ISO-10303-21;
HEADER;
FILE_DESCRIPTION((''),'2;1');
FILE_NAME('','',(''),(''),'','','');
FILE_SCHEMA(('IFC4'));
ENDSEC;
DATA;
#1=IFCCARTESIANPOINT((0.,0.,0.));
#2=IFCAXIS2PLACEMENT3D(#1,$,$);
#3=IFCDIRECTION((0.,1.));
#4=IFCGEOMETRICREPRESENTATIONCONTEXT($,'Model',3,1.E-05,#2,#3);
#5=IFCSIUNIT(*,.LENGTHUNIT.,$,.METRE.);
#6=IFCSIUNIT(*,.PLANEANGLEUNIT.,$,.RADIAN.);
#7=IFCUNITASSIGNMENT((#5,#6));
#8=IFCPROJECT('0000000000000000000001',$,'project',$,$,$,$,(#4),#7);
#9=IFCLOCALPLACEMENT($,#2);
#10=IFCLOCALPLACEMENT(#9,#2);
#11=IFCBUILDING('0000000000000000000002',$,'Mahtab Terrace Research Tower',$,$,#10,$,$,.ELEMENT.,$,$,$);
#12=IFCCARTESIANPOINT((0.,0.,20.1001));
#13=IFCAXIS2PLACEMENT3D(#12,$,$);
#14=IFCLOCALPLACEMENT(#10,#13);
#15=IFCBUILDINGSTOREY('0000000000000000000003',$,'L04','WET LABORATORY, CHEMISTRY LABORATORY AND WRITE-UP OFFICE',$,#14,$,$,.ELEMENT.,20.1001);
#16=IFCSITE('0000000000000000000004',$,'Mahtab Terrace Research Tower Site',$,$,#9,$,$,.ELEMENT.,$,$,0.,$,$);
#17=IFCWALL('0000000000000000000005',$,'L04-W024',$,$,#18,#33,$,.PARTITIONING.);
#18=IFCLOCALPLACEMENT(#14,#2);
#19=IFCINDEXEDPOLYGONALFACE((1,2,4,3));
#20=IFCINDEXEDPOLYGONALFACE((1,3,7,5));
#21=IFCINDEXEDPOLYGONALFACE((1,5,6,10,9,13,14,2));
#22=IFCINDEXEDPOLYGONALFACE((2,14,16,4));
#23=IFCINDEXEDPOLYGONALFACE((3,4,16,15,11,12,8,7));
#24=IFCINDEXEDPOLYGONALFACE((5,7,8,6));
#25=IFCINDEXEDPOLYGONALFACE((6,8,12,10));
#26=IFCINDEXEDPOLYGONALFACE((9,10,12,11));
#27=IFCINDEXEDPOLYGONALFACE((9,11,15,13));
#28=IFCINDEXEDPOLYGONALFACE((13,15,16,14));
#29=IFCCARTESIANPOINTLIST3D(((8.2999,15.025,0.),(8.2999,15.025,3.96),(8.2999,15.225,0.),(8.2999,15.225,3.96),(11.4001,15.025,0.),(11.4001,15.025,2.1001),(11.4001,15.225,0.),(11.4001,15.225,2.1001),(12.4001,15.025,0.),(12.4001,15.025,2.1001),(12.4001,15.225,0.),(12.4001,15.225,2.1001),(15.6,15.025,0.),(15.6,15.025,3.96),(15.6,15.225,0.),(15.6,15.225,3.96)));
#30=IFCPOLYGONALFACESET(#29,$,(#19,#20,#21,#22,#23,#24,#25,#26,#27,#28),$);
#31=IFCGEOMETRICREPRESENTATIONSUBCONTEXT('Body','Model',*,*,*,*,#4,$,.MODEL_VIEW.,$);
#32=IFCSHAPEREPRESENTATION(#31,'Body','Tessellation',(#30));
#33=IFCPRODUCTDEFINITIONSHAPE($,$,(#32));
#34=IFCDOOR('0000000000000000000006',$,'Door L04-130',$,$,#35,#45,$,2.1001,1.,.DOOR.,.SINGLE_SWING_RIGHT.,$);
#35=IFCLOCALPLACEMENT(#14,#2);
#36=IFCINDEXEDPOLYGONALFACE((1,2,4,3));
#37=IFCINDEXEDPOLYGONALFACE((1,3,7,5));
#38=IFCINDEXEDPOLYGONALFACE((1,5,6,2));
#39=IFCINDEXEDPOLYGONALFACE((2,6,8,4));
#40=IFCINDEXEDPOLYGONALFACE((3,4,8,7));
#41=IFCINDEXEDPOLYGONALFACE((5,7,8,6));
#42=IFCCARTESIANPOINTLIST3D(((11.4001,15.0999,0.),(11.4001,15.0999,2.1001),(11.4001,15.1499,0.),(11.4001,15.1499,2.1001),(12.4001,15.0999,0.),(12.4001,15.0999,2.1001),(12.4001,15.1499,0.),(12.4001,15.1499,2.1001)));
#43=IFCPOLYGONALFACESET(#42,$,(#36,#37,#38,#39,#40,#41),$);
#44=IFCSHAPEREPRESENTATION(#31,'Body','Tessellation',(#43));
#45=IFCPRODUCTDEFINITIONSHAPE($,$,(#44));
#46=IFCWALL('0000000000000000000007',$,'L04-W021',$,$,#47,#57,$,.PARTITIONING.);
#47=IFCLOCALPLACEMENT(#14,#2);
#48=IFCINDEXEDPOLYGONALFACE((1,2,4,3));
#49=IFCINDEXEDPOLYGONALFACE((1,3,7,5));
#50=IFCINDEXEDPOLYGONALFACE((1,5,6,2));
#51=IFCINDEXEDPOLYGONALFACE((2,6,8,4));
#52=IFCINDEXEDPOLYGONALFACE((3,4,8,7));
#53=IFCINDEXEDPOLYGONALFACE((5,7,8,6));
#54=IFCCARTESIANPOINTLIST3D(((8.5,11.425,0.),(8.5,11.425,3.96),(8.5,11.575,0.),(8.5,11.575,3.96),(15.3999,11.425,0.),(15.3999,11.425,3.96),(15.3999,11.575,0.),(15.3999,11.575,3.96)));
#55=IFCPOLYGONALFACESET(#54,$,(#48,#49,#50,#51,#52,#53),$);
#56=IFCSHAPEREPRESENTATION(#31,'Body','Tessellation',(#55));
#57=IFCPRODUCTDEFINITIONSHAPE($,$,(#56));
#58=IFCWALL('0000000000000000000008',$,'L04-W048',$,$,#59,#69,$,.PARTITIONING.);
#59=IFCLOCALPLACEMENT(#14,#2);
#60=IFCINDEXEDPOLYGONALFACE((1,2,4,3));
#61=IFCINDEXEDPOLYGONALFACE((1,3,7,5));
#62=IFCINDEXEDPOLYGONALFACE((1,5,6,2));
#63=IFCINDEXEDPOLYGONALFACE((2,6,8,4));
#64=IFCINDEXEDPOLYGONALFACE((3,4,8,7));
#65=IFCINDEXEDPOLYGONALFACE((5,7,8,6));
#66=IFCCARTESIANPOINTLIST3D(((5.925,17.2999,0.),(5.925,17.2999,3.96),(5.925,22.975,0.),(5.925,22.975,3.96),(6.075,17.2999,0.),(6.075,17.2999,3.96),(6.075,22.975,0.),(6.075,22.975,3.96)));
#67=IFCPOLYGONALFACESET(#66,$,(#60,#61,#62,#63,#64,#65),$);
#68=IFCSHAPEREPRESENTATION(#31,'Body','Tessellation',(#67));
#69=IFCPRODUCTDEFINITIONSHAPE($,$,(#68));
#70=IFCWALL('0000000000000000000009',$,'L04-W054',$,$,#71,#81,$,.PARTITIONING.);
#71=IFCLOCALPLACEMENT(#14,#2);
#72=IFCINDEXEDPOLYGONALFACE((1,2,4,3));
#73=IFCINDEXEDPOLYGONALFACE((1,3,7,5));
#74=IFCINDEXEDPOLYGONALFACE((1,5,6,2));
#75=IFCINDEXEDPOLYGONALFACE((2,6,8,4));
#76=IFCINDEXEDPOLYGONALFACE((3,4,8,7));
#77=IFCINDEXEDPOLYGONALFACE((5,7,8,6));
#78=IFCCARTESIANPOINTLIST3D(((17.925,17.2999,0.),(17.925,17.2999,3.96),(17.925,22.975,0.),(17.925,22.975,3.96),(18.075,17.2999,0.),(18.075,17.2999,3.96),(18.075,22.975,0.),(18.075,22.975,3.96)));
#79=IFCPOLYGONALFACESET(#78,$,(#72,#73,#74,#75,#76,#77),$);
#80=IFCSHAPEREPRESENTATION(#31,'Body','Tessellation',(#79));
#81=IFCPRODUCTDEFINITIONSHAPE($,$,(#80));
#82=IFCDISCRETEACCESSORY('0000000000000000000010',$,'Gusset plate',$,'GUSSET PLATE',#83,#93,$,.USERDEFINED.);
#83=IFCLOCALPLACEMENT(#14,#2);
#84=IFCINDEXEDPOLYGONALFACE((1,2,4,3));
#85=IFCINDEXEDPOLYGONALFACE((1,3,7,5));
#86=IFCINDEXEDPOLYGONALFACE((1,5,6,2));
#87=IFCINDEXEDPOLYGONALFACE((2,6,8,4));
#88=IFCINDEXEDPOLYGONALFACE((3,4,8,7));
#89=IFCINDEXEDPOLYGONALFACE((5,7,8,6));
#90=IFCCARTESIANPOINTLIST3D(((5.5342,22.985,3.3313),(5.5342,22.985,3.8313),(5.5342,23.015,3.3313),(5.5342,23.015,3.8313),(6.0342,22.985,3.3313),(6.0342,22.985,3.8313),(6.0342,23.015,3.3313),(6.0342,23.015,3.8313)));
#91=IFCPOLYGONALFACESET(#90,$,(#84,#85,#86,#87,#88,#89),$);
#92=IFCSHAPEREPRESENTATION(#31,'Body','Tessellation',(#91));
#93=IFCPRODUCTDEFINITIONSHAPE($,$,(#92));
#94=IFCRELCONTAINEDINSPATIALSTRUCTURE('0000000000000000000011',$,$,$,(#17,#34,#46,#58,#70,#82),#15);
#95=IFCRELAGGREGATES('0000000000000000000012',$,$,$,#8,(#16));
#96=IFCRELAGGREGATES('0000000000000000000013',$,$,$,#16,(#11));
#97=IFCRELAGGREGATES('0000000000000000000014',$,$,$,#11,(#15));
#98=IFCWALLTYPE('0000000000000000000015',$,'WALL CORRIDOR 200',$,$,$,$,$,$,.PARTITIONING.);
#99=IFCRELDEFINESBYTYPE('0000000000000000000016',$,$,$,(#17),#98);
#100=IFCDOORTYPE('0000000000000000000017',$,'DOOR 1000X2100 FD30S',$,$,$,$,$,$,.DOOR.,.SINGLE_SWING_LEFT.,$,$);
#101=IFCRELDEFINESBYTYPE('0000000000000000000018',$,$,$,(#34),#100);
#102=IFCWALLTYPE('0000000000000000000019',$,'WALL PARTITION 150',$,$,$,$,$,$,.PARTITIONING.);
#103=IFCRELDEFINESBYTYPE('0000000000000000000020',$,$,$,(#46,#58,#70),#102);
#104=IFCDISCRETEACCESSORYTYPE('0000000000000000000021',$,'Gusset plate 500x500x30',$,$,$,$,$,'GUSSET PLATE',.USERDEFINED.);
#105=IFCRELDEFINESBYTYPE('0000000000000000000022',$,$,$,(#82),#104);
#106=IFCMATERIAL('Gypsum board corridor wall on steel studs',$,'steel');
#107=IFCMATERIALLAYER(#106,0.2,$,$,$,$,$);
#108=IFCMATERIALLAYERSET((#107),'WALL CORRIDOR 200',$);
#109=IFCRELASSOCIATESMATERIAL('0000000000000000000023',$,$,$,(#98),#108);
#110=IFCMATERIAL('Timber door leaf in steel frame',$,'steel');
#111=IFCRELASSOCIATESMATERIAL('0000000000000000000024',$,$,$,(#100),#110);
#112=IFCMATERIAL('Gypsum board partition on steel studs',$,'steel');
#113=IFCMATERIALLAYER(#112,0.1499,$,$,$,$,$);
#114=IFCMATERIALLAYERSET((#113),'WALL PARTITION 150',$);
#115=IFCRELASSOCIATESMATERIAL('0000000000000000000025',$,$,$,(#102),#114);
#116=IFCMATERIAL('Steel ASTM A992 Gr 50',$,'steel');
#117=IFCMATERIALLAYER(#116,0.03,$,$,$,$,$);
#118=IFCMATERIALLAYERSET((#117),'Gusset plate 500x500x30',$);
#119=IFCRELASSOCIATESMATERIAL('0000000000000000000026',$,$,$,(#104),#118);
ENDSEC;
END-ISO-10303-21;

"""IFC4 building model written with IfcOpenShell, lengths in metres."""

from ifc_helpers import new_model, si_unit, direction, frame, frame_2d, origin, origin_2d, place, context, subcontext, project, spatial, rectangle, extrude, material, layer, layer_set, type_object, element, fill, save


model = new_model("IFC4")

# Units and contexts
model_context = context("Model", 3, precision=1e-05, world=origin(), true_north=direction((0.0, 1.0)))
body_context = subcontext(model_context, "Body", "Model", "MODEL_VIEW")
ifc_project = project(units=[si_unit("LENGTHUNIT", "METRE"), si_unit("PLANEANGLEUNIT", "RADIAN")], contexts=[model_context])

# Site, building, storey
site_placement = place(None, origin())
site = spatial("IfcSite", under=ifc_project, at=site_placement, Name="Mahtab Terrace Research Tower Site", CompositionType="ELEMENT", RefElevation=0.0)
building_placement = place(site_placement, origin())
building = spatial("IfcBuilding", under=site, at=building_placement, Name="Mahtab Terrace Research Tower", CompositionType="ELEMENT")
storey_placement = place(building_placement, frame((0.0, 0.0, 20.1001)))
storey = spatial("IfcBuildingStorey", under=building, at=storey_placement, Name="L04", Description="WET LABORATORY, CHEMISTRY LABORATORY AND WRITE-UP OFFICE", CompositionType="ELEMENT", Elevation=20.1001)

# Shared definitions
ifc_material_1 = material(Name="Steel ASTM A992 Gr 50", Category="steel")

# Wall, opening, door
ifc_material_2 = material(Name="Gypsum board corridor wall on steel studs", Category="steel")
ifc_layer_1 = layer(ifc_material_2, 0.2)
ifc_layer_set_1 = layer_set([ifc_layer_1], Name="WALL CORRIDOR 200")
wall_type_1 = type_object("IfcWallType", Name="WALL CORRIDOR 200", PredefinedType="PARTITIONING", material=ifc_layer_set_1)
wall_1_placement = place(storey_placement, frame((8.3, 15.125, 0.0), z_axis=(0.0, 0.0, 1.0), x_axis=(1.0, 0.0, 0.0)))
wall_1 = element("IfcWall", 1, at=wall_1_placement, inside=storey, type_object=wall_type_1, Name="L04-W024", PredefinedType="PARTITIONING", context=body_context, shape_type="SweptSolid", body=[
    extrude(rectangle(XDim=7.3, YDim=0.2, at=frame_2d((3.6499, 0.0))), origin(), (0.0, 0.0, 1.0), 3.96),
])
opening_1_placement = place(wall_1_placement, frame((3.1001, 0.0, 0.0)))
opening_1 = element("IfcOpeningElement", 2, at=opening_1_placement, cuts=wall_1, PredefinedType="OPENING", context=body_context, shape_type="SweptSolid", body=[
    extrude(rectangle(XDim=1.0, YDim=2.1001, at=frame_2d((0.5, 1.05))), frame((0.0, 0.1099, 0.0), z_axis=(0.0, -1.0, 0.0), x_axis=(1.0, 0.0, 0.0)), (0.0, 0.0, 1.0), 0.22),
])
ifc_material_3 = material(Name="Timber door leaf in steel frame", Category="steel")
door_type_1 = type_object("IfcDoorType", Name="DOOR 1000X2100 FD30S", OperationType="SINGLE_SWING_LEFT", PredefinedType="DOOR", material=ifc_material_3)
door_1_placement = place(opening_1_placement, origin())
door_1 = element("IfcDoor", 3, at=door_1_placement, inside=storey, type_object=door_type_1, Name="Door L04-130", OperationType="SINGLE_SWING_RIGHT", OverallHeight=2.1001, OverallWidth=1.0, PredefinedType="DOOR", context=body_context, shape_type="SweptSolid", body=[
    extrude(rectangle(XDim=1.0, YDim=2.1001, at=frame_2d((0.5, 1.05))), frame((0.0, 0.0249, 0.0), z_axis=(0.0, -1.0, 0.0), x_axis=(1.0, 0.0, 0.0)), (0.0, 0.0, 1.0), 0.05),
])
fill(opening_1, door_1)

# Walls
ifc_material_4 = material(Name="Gypsum board partition on steel studs", Category="steel")
ifc_layer_2 = layer(ifc_material_4, 0.1499)
ifc_layer_set_2 = layer_set([ifc_layer_2], Name="WALL PARTITION 150")
wall_type_2 = type_object("IfcWallType", Name="WALL PARTITION 150", PredefinedType="PARTITIONING", material=ifc_layer_set_2)
wall_2_placement = place(storey_placement, frame((8.5, 11.5, 0.0), z_axis=(0.0, 0.0, 1.0), x_axis=(1.0, 0.0, 0.0)))
element("IfcWall", 4, at=wall_2_placement, inside=storey, type_object=wall_type_2, Name="L04-W021", PredefinedType="PARTITIONING", context=body_context, shape_type="SweptSolid", body=[
    extrude(rectangle(XDim=6.8999, YDim=0.1499, at=frame_2d((3.45, 0.0))), origin(), (0.0, 0.0, 1.0), 3.96),
])
for number, where, z_axis, x_axis, name in (
    (5, (6.0, 17.3, 0.0), (0.0, 0.0, 1.0), (0.0, 1.0, 0.0), "L04-W048"),
    (6, (18.0, 17.3, 0.0), (0.0, 0.0, 1.0), (0.0, 1.0, 0.0), "L04-W054"),
):
    element("IfcWall", number, at=place(storey_placement, frame(where, z_axis=z_axis, x_axis=x_axis)), inside=storey, type_object=wall_type_2, Name=name, PredefinedType="PARTITIONING", context=body_context, shape_type="SweptSolid", body=[
        extrude(rectangle(XDim=5.675, YDim=0.1499, at=frame_2d((2.8374, 0.0))), origin(), (0.0, 0.0, 1.0), 3.96),
    ])

# Discrete accessory
ifc_layer_3 = layer(ifc_material_1, 0.03)
ifc_layer_set_3 = layer_set([ifc_layer_3], Name="Gusset plate 500x500x30")
discrete_accessory_type = type_object("IfcDiscreteAccessoryType", Name="Gusset plate 500x500x30", ElementType="GUSSET PLATE", PredefinedType="USERDEFINED", material=ifc_layer_set_3)
discrete_accessory_placement = place(storey_placement, frame((5.7842, 23.0, 3.3313), z_axis=(0.0, 0.0, 1.0), x_axis=(1.0, 0.0, 0.0)))
element("IfcDiscreteAccessory", 7, at=discrete_accessory_placement, inside=storey, type_object=discrete_accessory_type, Name="Gusset plate", ObjectType="GUSSET PLATE", PredefinedType="USERDEFINED", context=body_context, shape_type="SweptSolid", body=[
    extrude(rectangle(XDim=0.5, YDim=0.03, at=origin_2d()), origin(), (0.0, 0.0, 1.0), 0.5),
])

save(model, "model.ifc")
